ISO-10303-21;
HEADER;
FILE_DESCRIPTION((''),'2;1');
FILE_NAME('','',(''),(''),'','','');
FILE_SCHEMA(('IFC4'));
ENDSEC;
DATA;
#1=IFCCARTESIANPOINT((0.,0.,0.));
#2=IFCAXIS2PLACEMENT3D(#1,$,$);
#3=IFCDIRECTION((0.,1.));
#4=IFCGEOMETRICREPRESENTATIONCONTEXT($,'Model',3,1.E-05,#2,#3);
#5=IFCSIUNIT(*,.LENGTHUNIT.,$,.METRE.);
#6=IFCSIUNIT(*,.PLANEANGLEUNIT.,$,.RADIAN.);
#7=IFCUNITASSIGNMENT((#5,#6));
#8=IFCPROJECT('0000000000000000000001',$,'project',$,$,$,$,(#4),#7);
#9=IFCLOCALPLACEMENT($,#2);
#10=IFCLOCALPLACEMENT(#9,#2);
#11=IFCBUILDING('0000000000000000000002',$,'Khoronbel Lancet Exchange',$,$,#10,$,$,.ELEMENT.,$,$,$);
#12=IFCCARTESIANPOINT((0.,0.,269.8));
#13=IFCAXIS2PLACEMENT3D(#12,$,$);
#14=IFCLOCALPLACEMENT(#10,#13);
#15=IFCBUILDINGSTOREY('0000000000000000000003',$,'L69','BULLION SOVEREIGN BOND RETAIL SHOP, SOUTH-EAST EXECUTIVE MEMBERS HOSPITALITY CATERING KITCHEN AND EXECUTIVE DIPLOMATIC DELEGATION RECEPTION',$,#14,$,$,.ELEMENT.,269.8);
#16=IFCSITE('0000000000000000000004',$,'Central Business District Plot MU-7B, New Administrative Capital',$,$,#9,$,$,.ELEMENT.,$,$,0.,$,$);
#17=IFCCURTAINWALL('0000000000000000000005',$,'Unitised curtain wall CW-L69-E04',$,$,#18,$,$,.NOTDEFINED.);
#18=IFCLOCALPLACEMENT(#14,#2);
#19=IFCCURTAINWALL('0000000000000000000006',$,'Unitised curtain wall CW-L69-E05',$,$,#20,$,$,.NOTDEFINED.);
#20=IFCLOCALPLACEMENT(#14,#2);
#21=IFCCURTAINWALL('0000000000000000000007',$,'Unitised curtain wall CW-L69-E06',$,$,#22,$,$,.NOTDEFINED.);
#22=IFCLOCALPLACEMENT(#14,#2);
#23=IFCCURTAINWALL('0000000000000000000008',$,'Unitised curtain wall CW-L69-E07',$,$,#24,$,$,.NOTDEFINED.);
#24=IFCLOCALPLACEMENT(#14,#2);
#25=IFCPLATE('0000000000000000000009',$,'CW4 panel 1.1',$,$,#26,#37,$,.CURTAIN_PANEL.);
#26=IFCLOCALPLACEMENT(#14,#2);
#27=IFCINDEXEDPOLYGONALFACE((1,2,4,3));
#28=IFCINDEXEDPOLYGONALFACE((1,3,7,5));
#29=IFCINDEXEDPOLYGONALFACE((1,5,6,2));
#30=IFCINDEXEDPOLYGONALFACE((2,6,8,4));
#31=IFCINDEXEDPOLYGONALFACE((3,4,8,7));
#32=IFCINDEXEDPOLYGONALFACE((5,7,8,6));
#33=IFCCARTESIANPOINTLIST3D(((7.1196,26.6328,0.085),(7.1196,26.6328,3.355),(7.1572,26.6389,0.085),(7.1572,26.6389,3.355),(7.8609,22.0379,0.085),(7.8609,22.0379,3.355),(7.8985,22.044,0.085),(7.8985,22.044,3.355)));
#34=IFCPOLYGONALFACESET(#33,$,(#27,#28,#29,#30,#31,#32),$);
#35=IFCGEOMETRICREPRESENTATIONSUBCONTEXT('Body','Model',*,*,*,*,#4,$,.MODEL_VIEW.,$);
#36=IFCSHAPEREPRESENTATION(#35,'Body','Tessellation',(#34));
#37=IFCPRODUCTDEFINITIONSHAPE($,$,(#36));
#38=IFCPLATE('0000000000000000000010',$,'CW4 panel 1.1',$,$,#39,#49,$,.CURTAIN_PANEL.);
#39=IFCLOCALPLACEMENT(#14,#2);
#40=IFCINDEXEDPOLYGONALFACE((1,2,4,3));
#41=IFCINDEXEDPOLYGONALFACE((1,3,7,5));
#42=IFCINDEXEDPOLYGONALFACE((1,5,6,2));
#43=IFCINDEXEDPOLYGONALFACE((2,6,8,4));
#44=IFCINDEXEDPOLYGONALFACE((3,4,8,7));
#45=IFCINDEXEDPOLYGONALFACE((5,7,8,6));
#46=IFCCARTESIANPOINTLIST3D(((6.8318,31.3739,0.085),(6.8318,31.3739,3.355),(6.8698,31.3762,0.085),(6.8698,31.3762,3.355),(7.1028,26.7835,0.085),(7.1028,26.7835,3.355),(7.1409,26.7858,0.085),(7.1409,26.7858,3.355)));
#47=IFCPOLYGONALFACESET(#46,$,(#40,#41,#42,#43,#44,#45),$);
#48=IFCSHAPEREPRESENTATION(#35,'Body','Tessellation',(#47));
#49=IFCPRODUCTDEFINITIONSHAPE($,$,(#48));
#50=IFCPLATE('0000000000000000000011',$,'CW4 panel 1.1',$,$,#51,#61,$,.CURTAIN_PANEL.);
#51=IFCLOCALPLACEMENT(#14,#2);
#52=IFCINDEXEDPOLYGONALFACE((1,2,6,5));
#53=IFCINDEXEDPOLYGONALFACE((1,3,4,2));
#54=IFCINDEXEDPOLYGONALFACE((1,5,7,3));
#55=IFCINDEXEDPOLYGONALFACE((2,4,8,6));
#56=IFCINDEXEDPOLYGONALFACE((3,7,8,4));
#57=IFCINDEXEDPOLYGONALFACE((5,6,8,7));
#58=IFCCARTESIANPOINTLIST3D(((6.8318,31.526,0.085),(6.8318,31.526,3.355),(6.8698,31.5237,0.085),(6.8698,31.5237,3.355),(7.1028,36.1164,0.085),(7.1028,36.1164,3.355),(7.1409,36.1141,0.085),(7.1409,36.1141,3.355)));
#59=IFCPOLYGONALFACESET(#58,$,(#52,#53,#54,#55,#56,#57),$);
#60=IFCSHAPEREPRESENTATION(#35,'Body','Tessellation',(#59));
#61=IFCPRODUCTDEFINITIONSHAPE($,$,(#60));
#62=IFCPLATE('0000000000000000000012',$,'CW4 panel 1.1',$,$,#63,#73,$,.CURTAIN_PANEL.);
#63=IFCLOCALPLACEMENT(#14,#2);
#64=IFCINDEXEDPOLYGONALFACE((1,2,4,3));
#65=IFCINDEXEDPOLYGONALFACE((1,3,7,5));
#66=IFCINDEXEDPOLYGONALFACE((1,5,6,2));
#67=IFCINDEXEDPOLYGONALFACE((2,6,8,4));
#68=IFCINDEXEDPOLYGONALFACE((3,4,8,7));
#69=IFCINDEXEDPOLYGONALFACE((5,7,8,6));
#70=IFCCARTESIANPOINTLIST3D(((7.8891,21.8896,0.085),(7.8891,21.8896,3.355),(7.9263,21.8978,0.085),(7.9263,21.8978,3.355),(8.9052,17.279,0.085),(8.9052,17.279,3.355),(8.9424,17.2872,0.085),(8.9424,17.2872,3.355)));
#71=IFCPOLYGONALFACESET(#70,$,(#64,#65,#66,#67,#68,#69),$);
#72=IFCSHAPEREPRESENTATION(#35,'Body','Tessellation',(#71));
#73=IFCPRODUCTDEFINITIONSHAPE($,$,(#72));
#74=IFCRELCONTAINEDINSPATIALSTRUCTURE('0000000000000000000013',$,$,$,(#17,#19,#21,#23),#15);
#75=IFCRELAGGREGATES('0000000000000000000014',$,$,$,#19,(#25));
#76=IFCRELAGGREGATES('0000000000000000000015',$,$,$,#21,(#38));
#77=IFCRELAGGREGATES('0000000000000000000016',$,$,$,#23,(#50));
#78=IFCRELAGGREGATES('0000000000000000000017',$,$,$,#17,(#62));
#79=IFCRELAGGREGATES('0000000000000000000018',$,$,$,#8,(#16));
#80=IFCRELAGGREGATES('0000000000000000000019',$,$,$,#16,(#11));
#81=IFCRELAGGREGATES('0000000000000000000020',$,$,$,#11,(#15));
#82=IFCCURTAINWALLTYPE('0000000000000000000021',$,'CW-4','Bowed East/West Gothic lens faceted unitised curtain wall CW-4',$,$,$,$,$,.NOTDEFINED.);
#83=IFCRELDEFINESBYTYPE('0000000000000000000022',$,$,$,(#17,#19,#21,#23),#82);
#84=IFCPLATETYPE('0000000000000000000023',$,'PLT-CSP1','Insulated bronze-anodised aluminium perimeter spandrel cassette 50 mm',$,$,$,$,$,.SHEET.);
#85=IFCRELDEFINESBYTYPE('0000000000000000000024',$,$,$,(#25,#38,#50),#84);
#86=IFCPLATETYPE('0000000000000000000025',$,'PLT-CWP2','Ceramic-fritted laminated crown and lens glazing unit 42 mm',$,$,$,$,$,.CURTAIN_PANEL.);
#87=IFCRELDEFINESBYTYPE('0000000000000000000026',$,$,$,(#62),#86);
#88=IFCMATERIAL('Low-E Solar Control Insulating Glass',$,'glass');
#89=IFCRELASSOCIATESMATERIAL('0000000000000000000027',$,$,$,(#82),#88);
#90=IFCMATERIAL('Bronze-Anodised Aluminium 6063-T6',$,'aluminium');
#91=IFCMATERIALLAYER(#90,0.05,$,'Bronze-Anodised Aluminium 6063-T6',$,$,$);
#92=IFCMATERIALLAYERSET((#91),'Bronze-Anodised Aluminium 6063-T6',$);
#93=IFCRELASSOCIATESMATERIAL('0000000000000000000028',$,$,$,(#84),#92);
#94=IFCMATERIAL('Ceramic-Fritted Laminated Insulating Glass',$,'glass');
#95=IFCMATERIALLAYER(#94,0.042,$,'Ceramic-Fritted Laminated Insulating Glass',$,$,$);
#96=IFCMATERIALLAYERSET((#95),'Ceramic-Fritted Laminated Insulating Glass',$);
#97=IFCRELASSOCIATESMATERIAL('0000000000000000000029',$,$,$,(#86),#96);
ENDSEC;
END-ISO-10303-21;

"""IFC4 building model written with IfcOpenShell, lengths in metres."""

from ifc_helpers import new_model, si_unit, direction, frame, origin, origin_2d, place, context, subcontext, project, spatial, rectangle, extrude, material, layer, layer_set, type_object, element, aggregate, save


model = new_model("IFC4")

# Units and contexts
model_context = context("Model", 3, precision=1e-05, world=origin(), true_north=direction((0.0, 1.0)))
body_context = subcontext(model_context, "Body", "Model", "MODEL_VIEW")
ifc_project = project(units=[si_unit("LENGTHUNIT", "METRE"), si_unit("PLANEANGLEUNIT", "RADIAN")], contexts=[model_context])

# Site, building, storey
site_placement = place(None, origin())
site = spatial("IfcSite", under=ifc_project, at=site_placement, Name="Central Business District Plot MU-7B, New Administrative Capital", CompositionType="ELEMENT", RefElevation=0.0)
building_placement = place(site_placement, origin())
building = spatial("IfcBuilding", under=site, at=building_placement, Name="Khoronbel Lancet Exchange", CompositionType="ELEMENT")
storey_placement = place(building_placement, frame((0.0, 0.0, 269.8)))
storey = spatial("IfcBuildingStorey", under=building, at=storey_placement, Name="L69", Description="BULLION SOVEREIGN BOND RETAIL SHOP, SOUTH-EAST EXECUTIVE MEMBERS HOSPITALITY CATERING KITCHEN AND EXECUTIVE DIPLOMATIC DELEGATION RECEPTION", CompositionType="ELEMENT", Elevation=269.8)

# Curtain walls
ifc_material_1 = material(Name="Low-E Solar Control Insulating Glass", Category="glass")
curtain_wall_type = type_object("IfcCurtainWallType", Name="CW-4", Description="Bowed East/West Gothic lens faceted unitised curtain wall CW-4", PredefinedType="NOTDEFINED", material=ifc_material_1)
curtain_wall_1_placement = place(storey_placement, origin())
curtain_wall_1 = element("IfcCurtainWall", 1, at=curtain_wall_1_placement, inside=storey, type_object=curtain_wall_type, Name="Unitised curtain wall CW-L69-E04", PredefinedType="NOTDEFINED")
ifc_material_2 = material(Name="Bronze-Anodised Aluminium 6063-T6", Category="aluminium")
curtain_wall_2_placement = place(storey_placement, origin())
curtain_wall_2 = element("IfcCurtainWall", 2, at=curtain_wall_2_placement, inside=storey, type_object=curtain_wall_type, Name="Unitised curtain wall CW-L69-E05", PredefinedType="NOTDEFINED")
curtain_wall_3_placement = place(storey_placement, origin())
curtain_wall_3 = element("IfcCurtainWall", 3, at=curtain_wall_3_placement, inside=storey, type_object=curtain_wall_type, Name="Unitised curtain wall CW-L69-E06", PredefinedType="NOTDEFINED")

# Curtain wall
curtain_wall_4_placement = place(storey_placement, origin())
curtain_wall_4 = element("IfcCurtainWall", 4, at=curtain_wall_4_placement, inside=storey, type_object=curtain_wall_type, Name="Unitised curtain wall CW-L69-E07", PredefinedType="NOTDEFINED")

# Plates
ifc_layer_1 = layer(ifc_material_2, 0.05, Name="Bronze-Anodised Aluminium 6063-T6")
ifc_layer_set_1 = layer_set([ifc_layer_1], Name="Bronze-Anodised Aluminium 6063-T6")
plate_type_1 = type_object("IfcPlateType", Name="PLT-CSP1", Description="Insulated bronze-anodised aluminium perimeter spandrel cassette 50 mm", PredefinedType="SHEET", material=ifc_layer_set_1)
plate_1_placement = place(storey_placement, frame((7.509, 24.3384, 0.085), z_axis=(0.0, 0.0, 1.0), x_axis=(-0.159276, 0.987234, 0.0)))
plate_1 = element("IfcPlate", 5, at=plate_1_placement, type_object=plate_type_1, Name="CW4 panel 1.1", PredefinedType="CURTAIN_PANEL", context=body_context, shape_type="SweptSolid", body=[
    extrude(rectangle(XDim=4.6543, YDim=0.0381, at=origin_2d()), origin(), (0.0, 0.0, 1.0), 3.27),
])
aggregate(curtain_wall_2, [plate_1])
plate_2_placement = place(storey_placement, frame((6.9863, 29.0798, 0.085), z_axis=(0.0, 0.0, 1.0), x_axis=(-0.058945, 0.998261, 0.0)))
plate_2 = element("IfcPlate", 6, at=plate_2_placement, type_object=plate_type_1, Name="CW4 panel 1.1", PredefinedType="CURTAIN_PANEL", context=body_context, shape_type="SweptSolid", body=[
    extrude(rectangle(XDim=4.5984, YDim=0.0381, at=origin_2d()), origin(), (0.0, 0.0, 1.0), 3.27),
])
aggregate(curtain_wall_3, [plate_2])
plate_3_placement = place(storey_placement, frame((6.9863, 33.8201, 0.085), z_axis=(0.0, 0.0, 1.0), x_axis=(0.058945, 0.998261, 0.0)))
plate_3 = element("IfcPlate", 7, at=plate_3_placement, type_object=plate_type_1, Name="CW4 panel 1.1", PredefinedType="CURTAIN_PANEL", context=body_context, shape_type="SweptSolid", body=[
    extrude(rectangle(XDim=4.5984, YDim=0.0381, at=origin_2d()), origin(), (0.0, 0.0, 1.0), 3.27),
])
aggregate(curtain_wall_4, [plate_3])
ifc_material_3 = material(Name="Ceramic-Fritted Laminated Insulating Glass", Category="glass")
ifc_layer_2 = layer(ifc_material_3, 0.042, Name="Ceramic-Fritted Laminated Insulating Glass")
ifc_layer_set_2 = layer_set([ifc_layer_2], Name="Ceramic-Fritted Laminated Insulating Glass")
plate_type_2 = type_object("IfcPlateType", Name="PLT-CWP2", Description="Ceramic-fritted laminated crown and lens glazing unit 42 mm", PredefinedType="CURTAIN_PANEL", material=ifc_layer_set_2)
plate_4_placement = place(storey_placement, frame((8.4158, 19.5884, 0.085), z_axis=(0.0, 0.0, 1.0), x_axis=(-0.215222, 0.976565, 0.0)))
plate_4 = element("IfcPlate", 8, at=plate_4_placement, type_object=plate_type_2, Name="CW4 panel 1.1", PredefinedType="CURTAIN_PANEL", context=body_context, shape_type="SweptSolid", body=[
    extrude(rectangle(XDim=4.7212, YDim=0.0381, at=origin_2d()), origin(), (0.0, 0.0, 1.0), 3.27),
])
aggregate(curtain_wall_1, [plate_4])

save(model, "model.ifc")
